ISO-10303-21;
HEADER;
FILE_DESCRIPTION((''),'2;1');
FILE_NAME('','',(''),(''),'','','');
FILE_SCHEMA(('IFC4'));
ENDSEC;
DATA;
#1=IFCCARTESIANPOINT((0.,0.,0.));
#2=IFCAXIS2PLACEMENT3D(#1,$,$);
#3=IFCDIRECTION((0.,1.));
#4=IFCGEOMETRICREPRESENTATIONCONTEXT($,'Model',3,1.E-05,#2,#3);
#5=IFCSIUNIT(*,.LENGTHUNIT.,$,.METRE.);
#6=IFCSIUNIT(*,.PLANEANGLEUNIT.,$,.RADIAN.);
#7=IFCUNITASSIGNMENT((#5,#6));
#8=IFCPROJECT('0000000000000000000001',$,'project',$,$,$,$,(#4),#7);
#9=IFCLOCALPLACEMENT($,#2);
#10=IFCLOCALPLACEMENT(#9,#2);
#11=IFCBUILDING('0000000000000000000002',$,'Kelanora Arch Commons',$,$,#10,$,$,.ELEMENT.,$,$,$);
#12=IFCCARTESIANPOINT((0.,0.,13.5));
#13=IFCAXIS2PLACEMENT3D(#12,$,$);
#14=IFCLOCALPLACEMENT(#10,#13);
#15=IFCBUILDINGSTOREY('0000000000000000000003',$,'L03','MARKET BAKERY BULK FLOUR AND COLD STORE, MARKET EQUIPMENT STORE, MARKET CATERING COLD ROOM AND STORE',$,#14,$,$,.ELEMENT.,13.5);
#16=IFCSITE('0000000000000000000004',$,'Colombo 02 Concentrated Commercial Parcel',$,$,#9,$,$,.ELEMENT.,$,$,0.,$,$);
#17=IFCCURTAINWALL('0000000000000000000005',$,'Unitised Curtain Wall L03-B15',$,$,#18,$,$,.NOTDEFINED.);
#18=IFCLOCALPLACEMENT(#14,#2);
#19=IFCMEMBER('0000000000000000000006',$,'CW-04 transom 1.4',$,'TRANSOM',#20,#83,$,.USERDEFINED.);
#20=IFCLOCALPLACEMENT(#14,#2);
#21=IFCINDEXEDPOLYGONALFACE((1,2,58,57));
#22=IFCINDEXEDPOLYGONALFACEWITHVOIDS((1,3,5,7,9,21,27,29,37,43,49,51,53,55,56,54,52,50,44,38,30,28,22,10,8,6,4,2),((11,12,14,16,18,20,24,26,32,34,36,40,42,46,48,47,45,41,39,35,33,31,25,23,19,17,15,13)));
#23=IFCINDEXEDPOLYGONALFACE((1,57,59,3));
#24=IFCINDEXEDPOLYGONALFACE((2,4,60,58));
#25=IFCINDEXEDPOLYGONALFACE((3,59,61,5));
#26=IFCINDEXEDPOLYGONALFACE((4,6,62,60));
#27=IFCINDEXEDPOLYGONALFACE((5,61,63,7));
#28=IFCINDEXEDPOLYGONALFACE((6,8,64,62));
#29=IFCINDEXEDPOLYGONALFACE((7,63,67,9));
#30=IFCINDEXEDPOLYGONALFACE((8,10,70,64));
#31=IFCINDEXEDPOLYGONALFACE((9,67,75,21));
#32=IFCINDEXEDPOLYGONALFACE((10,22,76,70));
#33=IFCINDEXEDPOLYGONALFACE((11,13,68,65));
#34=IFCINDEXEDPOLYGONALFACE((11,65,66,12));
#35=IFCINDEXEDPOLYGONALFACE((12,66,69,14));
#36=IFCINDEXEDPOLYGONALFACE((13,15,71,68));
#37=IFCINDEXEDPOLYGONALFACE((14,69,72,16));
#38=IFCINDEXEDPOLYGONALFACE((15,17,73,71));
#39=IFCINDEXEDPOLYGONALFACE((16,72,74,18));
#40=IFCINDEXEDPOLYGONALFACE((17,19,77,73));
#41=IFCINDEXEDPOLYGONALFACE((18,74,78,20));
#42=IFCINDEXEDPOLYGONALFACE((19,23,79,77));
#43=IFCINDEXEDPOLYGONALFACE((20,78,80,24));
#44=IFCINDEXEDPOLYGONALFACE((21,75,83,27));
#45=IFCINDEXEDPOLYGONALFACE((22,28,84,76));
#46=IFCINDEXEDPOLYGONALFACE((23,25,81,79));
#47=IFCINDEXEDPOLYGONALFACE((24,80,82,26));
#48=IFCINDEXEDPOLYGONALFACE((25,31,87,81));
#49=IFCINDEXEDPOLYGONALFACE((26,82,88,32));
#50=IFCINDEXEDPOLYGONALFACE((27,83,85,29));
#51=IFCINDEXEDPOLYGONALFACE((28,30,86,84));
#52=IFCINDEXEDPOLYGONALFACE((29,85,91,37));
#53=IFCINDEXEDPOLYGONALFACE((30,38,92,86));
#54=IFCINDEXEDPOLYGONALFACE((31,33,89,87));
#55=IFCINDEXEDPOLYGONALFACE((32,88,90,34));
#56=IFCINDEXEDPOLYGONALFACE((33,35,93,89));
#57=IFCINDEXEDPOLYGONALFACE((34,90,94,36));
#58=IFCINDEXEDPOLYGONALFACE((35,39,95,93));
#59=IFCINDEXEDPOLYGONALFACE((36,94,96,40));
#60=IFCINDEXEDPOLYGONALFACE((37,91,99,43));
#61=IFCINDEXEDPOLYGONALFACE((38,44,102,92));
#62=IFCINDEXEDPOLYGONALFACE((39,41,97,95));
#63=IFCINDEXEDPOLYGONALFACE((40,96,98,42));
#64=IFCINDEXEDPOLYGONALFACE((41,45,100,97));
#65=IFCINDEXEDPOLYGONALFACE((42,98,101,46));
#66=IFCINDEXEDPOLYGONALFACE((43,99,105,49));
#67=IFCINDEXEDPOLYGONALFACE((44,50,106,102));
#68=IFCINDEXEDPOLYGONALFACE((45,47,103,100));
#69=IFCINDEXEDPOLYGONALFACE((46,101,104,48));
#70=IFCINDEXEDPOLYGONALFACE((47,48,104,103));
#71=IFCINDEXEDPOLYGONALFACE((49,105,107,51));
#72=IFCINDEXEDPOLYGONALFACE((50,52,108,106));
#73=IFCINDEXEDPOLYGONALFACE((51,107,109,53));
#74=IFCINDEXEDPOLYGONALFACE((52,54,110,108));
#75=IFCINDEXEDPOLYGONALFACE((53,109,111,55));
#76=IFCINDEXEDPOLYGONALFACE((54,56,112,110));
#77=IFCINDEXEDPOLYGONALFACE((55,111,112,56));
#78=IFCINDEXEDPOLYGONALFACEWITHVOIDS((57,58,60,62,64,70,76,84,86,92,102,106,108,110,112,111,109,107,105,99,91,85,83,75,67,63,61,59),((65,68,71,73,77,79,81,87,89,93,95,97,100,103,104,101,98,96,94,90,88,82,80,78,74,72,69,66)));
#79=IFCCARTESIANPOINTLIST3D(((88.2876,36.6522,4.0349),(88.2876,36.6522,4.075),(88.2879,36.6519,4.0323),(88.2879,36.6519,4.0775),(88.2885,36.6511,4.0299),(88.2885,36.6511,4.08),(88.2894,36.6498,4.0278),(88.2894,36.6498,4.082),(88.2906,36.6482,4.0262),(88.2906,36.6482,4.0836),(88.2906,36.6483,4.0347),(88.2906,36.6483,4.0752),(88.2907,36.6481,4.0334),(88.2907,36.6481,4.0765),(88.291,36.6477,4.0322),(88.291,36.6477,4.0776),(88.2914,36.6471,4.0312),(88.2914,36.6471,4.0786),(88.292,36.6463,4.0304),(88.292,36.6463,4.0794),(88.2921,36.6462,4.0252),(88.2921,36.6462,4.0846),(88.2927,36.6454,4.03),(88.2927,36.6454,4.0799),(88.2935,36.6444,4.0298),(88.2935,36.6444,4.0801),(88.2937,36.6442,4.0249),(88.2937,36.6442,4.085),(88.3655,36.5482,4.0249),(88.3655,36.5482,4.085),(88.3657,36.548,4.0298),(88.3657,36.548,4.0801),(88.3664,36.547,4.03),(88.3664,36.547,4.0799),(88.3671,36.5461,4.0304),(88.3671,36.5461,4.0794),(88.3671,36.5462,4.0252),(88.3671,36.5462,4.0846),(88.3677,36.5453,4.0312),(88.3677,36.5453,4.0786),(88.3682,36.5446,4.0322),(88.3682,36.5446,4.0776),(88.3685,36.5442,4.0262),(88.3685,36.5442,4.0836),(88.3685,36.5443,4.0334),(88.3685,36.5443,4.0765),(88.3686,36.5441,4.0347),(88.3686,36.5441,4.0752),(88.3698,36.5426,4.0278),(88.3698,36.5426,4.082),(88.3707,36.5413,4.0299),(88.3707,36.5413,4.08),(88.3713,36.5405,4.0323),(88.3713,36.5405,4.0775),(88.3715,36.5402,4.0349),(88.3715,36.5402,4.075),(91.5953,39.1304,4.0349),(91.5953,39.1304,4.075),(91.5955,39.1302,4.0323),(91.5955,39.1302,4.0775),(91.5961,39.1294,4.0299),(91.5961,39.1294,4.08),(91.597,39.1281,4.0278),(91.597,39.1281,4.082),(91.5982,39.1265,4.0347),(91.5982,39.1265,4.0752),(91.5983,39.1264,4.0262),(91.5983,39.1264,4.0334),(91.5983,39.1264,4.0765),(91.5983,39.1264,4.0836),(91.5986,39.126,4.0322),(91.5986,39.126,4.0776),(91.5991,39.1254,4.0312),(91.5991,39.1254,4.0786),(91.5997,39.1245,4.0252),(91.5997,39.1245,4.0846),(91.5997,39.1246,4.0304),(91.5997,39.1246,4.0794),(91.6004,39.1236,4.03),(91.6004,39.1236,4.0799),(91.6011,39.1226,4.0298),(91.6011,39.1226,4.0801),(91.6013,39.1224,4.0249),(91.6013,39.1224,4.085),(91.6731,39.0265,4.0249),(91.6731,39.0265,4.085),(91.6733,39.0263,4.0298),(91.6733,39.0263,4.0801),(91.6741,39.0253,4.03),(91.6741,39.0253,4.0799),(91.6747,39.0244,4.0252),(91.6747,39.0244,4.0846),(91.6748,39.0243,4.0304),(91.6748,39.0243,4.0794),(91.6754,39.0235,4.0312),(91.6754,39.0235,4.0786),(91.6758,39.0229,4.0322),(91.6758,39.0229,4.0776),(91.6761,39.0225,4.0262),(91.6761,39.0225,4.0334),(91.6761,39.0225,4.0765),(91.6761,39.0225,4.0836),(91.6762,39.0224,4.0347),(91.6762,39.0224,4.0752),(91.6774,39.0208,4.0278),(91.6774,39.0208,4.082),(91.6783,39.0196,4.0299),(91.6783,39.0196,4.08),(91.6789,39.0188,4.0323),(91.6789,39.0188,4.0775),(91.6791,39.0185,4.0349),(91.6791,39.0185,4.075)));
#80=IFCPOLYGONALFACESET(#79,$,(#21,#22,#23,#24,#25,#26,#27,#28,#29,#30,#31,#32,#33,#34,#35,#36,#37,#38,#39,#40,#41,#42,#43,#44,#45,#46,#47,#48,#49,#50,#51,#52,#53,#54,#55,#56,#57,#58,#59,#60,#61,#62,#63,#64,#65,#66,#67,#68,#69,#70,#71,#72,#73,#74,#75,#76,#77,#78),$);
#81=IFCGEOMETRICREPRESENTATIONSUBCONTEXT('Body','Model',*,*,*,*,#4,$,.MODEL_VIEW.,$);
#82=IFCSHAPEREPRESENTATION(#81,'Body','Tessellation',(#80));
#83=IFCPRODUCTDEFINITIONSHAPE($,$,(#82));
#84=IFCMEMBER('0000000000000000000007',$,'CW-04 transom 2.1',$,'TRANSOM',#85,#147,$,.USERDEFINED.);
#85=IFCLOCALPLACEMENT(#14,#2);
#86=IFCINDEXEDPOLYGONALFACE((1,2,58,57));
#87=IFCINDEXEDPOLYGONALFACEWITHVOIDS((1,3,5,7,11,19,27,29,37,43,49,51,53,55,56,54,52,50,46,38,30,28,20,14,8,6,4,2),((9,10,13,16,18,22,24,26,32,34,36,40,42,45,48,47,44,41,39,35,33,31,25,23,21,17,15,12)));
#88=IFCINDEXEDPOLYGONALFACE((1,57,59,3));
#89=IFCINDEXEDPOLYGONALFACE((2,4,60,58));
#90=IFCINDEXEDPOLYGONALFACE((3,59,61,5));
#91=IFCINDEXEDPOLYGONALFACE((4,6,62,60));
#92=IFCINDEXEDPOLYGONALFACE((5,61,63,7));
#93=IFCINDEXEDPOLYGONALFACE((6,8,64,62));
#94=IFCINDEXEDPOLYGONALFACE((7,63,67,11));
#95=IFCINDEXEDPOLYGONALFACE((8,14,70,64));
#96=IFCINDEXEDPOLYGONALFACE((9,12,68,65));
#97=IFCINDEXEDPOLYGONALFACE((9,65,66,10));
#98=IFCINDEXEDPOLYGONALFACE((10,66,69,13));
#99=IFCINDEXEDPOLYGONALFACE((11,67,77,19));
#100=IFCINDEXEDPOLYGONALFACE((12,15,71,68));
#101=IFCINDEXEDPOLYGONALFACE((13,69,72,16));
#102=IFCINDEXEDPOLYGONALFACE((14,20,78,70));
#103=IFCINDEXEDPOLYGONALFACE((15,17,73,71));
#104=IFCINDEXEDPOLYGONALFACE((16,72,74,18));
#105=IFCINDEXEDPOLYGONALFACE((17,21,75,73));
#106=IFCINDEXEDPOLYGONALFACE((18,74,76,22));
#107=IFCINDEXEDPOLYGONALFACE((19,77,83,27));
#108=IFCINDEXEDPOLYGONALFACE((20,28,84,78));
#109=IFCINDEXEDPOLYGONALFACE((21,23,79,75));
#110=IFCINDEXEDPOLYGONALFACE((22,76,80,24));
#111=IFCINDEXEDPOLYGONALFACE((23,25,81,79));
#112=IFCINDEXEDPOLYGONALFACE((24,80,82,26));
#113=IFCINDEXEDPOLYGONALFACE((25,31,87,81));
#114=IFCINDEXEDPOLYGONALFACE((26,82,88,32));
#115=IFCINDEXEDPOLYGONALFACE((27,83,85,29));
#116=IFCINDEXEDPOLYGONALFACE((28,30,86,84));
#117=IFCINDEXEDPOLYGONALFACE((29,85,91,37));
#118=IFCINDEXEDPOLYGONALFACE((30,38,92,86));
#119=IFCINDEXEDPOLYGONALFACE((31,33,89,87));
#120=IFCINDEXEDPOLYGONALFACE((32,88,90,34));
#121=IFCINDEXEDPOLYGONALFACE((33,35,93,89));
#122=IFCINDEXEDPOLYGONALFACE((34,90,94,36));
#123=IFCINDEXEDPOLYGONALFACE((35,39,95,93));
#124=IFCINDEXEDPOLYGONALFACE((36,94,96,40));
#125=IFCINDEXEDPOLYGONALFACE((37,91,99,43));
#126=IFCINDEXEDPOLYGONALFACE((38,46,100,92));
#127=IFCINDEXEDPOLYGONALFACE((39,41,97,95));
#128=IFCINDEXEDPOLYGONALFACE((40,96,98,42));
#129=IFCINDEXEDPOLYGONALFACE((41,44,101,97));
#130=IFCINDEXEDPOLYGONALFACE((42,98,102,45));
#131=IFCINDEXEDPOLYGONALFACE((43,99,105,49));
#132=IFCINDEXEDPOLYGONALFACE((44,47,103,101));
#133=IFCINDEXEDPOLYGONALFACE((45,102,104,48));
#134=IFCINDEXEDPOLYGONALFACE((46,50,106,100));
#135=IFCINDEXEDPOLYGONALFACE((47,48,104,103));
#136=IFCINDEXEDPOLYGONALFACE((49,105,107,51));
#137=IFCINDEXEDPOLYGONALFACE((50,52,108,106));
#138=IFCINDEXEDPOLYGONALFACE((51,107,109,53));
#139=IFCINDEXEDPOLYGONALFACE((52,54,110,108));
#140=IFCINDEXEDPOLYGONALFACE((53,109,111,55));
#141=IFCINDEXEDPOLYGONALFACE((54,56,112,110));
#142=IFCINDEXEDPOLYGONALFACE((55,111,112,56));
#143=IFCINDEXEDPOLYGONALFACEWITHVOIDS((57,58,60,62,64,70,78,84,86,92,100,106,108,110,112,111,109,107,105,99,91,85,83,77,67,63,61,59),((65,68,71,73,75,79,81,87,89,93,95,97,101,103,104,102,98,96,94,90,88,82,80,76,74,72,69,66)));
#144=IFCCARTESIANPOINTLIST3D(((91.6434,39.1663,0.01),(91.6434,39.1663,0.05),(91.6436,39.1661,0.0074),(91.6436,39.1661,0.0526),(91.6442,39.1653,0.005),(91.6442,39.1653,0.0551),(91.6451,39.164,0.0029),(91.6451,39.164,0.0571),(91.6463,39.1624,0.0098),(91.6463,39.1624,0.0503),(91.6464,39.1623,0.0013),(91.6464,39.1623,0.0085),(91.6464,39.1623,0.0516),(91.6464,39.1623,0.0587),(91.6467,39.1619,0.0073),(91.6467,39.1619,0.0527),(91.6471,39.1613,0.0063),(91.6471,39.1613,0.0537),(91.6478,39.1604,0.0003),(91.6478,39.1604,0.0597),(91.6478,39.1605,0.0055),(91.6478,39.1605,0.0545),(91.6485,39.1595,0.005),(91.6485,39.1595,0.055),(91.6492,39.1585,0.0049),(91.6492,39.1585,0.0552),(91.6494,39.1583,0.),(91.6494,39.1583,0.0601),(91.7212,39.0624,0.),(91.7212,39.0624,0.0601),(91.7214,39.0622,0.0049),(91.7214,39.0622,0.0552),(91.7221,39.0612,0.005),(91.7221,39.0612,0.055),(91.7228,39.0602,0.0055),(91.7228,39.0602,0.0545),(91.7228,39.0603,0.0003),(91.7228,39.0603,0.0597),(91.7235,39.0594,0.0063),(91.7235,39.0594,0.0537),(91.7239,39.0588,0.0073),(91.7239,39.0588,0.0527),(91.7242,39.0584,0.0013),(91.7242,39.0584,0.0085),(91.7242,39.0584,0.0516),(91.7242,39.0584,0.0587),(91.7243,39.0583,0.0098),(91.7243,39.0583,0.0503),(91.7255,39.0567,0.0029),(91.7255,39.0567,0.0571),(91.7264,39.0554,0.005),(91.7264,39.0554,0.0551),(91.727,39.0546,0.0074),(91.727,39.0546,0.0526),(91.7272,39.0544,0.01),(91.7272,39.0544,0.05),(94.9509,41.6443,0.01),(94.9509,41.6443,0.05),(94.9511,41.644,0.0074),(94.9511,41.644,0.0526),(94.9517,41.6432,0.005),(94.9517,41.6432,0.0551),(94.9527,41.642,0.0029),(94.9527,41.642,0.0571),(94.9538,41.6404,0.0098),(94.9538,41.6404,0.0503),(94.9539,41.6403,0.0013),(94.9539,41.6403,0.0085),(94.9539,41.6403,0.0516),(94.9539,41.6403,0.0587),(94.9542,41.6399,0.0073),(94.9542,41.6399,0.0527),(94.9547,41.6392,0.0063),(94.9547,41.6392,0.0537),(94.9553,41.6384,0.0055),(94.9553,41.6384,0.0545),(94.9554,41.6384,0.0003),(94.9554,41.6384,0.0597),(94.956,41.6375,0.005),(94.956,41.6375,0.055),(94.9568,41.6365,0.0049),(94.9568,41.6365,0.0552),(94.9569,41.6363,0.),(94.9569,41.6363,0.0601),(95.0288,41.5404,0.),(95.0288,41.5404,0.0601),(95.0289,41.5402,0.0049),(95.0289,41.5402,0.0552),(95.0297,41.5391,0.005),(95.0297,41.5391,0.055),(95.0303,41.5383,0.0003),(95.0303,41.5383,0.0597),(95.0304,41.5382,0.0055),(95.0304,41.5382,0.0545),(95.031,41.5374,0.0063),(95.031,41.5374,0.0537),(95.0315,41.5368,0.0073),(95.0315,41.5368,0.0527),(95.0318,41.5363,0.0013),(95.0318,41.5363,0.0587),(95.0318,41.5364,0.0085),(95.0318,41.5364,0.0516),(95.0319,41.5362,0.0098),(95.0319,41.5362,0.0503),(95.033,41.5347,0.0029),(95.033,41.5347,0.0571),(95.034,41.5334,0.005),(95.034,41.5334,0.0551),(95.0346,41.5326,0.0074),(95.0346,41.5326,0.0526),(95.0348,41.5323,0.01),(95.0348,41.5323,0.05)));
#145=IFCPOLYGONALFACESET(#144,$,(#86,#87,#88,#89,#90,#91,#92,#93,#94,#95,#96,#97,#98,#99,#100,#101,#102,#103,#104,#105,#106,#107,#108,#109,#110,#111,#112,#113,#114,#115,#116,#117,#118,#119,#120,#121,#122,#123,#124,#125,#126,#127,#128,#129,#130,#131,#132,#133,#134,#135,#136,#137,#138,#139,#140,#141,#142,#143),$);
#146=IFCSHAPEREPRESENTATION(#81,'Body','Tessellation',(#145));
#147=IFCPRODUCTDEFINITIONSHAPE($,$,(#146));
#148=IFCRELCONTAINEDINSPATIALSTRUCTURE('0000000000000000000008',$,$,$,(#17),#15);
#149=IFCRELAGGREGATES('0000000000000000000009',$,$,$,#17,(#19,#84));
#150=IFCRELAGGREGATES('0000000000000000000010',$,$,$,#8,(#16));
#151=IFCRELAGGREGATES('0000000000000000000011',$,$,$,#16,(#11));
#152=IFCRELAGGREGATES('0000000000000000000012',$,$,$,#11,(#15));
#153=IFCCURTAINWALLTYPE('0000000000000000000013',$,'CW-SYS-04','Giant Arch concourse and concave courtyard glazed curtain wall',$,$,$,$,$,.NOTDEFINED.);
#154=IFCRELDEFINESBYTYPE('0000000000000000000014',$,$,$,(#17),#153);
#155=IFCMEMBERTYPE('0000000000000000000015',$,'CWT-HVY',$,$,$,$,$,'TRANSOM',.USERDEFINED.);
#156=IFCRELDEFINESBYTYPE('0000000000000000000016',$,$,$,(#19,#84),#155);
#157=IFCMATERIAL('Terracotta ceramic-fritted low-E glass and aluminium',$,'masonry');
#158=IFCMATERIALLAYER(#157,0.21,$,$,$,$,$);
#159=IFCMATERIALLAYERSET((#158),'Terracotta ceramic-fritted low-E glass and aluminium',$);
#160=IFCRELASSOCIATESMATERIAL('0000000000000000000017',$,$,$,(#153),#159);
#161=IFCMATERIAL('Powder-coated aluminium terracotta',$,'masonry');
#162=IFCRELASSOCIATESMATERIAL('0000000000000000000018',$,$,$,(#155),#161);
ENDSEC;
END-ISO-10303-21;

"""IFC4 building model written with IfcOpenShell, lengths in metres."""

from ifc_helpers import new_model, si_unit, direction, frame, origin, origin_2d, place, context, subcontext, project, spatial, hollow_rectangle, extrude, material, layer, layer_set, material_profile, profile_set, type_object, element, aggregate, save


model = new_model("IFC4")

# Units and contexts
model_context = context("Model", 3, precision=1e-05, world=origin(), true_north=direction((0.0, 1.0)))
body_context = subcontext(model_context, "Body", "Model", "MODEL_VIEW")
ifc_project = project(units=[si_unit("LENGTHUNIT", "METRE"), si_unit("PLANEANGLEUNIT", "RADIAN")], contexts=[model_context])

# Site, building, storey
site_placement = place(None, origin())
site = spatial("IfcSite", under=ifc_project, at=site_placement, Name="Colombo 02 Concentrated Commercial Parcel", CompositionType="ELEMENT", RefElevation=0.0)
building_placement = place(site_placement, origin())
building = spatial("IfcBuilding", under=site, at=building_placement, Name="Kelanora Arch Commons", CompositionType="ELEMENT")
storey_placement = place(building_placement, frame((0.0, 0.0, 13.5)))
storey = spatial("IfcBuildingStorey", under=building, at=storey_placement, Name="L03", Description="MARKET BAKERY BULK FLOUR AND COLD STORE, MARKET EQUIPMENT STORE, MARKET CATERING COLD ROOM AND STORE", CompositionType="ELEMENT", Elevation=13.5)

# Shared definitions
ifc_material_1 = material(Name="Terracotta ceramic-fritted low-E glass and aluminium", Category="masonry")
ifc_layer_1 = layer(ifc_material_1, 0.21)
ifc_layer_set_1 = layer_set([ifc_layer_1], Name="Terracotta ceramic-fritted low-E glass and aluminium")
curtain_wall_type = type_object("IfcCurtainWallType", Name="CW-SYS-04", Description="Giant Arch concourse and concave courtyard glazed curtain wall", PredefinedType="NOTDEFINED", material=ifc_layer_set_1)
ifc_material_2 = material(Name="Powder-coated aluminium terracotta", Category="masonry")

# Curtain wall
curtain_wall_1_placement = place(storey_placement, origin())
curtain_wall_1 = element("IfcCurtainWall", 1, at=curtain_wall_1_placement, inside=storey, type_object=curtain_wall_type, Name="Unitised Curtain Wall L03-B15", PredefinedType="NOTDEFINED")

# Members
ifc_material_profile_1 = material_profile(ifc_material_2, hollow_rectangle(XDim=0.1399, YDim=0.0601, WallThickness=0.0049, InnerFilletRadius=0.0049, OuterFilletRadius=0.01, at=origin_2d()), Name="CWT140x60")
ifc_profile_set_1 = profile_set([ifc_material_profile_1], Name="Powder-coated aluminium terracotta")
member_type_1 = type_object("IfcMemberType", Name="CWT-HVY", ElementType="TRANSOM", PredefinedType="USERDEFINED", material=ifc_profile_set_1)
member_1_placement = place(storey_placement, frame((88.3296, 36.5962, 4.0549), z_axis=(0.800283, 0.599622, 0.0), x_axis=(-0.599622, 0.800283, 0.0)))
member_1 = element("IfcMember", 2, at=member_1_placement, type_object=member_type_1, Name="CW-04 transom 1.4", ObjectType="TRANSOM", PredefinedType="USERDEFINED", context=body_context, shape_type="SweptSolid", body=[
    extrude(hollow_rectangle(XDim=0.1399, YDim=0.0601, WallThickness=0.0049, InnerFilletRadius=0.0049, OuterFilletRadius=0.01, at=origin_2d()), origin(), (0.0, 0.0, 1.0), 4.1331),
])
member_2_placement = place(storey_placement, frame((91.6853, 39.1104, 0.03), z_axis=(0.800312, 0.599584, 0.0), x_axis=(-0.599584, 0.800312, 0.0)))
member_2 = element("IfcMember", 3, at=member_2_placement, type_object=member_type_1, Name="CW-04 transom 2.1", ObjectType="TRANSOM", PredefinedType="USERDEFINED", context=body_context, shape_type="SweptSolid", body=[
    extrude(hollow_rectangle(XDim=0.1399, YDim=0.0601, WallThickness=0.0049, InnerFilletRadius=0.0049, OuterFilletRadius=0.01, at=origin_2d()), origin(), (0.0, 0.0, 1.0), 4.1328),
])

aggregate(curtain_wall_1, [member_1, member_2])

save(model, "model.ifc")
